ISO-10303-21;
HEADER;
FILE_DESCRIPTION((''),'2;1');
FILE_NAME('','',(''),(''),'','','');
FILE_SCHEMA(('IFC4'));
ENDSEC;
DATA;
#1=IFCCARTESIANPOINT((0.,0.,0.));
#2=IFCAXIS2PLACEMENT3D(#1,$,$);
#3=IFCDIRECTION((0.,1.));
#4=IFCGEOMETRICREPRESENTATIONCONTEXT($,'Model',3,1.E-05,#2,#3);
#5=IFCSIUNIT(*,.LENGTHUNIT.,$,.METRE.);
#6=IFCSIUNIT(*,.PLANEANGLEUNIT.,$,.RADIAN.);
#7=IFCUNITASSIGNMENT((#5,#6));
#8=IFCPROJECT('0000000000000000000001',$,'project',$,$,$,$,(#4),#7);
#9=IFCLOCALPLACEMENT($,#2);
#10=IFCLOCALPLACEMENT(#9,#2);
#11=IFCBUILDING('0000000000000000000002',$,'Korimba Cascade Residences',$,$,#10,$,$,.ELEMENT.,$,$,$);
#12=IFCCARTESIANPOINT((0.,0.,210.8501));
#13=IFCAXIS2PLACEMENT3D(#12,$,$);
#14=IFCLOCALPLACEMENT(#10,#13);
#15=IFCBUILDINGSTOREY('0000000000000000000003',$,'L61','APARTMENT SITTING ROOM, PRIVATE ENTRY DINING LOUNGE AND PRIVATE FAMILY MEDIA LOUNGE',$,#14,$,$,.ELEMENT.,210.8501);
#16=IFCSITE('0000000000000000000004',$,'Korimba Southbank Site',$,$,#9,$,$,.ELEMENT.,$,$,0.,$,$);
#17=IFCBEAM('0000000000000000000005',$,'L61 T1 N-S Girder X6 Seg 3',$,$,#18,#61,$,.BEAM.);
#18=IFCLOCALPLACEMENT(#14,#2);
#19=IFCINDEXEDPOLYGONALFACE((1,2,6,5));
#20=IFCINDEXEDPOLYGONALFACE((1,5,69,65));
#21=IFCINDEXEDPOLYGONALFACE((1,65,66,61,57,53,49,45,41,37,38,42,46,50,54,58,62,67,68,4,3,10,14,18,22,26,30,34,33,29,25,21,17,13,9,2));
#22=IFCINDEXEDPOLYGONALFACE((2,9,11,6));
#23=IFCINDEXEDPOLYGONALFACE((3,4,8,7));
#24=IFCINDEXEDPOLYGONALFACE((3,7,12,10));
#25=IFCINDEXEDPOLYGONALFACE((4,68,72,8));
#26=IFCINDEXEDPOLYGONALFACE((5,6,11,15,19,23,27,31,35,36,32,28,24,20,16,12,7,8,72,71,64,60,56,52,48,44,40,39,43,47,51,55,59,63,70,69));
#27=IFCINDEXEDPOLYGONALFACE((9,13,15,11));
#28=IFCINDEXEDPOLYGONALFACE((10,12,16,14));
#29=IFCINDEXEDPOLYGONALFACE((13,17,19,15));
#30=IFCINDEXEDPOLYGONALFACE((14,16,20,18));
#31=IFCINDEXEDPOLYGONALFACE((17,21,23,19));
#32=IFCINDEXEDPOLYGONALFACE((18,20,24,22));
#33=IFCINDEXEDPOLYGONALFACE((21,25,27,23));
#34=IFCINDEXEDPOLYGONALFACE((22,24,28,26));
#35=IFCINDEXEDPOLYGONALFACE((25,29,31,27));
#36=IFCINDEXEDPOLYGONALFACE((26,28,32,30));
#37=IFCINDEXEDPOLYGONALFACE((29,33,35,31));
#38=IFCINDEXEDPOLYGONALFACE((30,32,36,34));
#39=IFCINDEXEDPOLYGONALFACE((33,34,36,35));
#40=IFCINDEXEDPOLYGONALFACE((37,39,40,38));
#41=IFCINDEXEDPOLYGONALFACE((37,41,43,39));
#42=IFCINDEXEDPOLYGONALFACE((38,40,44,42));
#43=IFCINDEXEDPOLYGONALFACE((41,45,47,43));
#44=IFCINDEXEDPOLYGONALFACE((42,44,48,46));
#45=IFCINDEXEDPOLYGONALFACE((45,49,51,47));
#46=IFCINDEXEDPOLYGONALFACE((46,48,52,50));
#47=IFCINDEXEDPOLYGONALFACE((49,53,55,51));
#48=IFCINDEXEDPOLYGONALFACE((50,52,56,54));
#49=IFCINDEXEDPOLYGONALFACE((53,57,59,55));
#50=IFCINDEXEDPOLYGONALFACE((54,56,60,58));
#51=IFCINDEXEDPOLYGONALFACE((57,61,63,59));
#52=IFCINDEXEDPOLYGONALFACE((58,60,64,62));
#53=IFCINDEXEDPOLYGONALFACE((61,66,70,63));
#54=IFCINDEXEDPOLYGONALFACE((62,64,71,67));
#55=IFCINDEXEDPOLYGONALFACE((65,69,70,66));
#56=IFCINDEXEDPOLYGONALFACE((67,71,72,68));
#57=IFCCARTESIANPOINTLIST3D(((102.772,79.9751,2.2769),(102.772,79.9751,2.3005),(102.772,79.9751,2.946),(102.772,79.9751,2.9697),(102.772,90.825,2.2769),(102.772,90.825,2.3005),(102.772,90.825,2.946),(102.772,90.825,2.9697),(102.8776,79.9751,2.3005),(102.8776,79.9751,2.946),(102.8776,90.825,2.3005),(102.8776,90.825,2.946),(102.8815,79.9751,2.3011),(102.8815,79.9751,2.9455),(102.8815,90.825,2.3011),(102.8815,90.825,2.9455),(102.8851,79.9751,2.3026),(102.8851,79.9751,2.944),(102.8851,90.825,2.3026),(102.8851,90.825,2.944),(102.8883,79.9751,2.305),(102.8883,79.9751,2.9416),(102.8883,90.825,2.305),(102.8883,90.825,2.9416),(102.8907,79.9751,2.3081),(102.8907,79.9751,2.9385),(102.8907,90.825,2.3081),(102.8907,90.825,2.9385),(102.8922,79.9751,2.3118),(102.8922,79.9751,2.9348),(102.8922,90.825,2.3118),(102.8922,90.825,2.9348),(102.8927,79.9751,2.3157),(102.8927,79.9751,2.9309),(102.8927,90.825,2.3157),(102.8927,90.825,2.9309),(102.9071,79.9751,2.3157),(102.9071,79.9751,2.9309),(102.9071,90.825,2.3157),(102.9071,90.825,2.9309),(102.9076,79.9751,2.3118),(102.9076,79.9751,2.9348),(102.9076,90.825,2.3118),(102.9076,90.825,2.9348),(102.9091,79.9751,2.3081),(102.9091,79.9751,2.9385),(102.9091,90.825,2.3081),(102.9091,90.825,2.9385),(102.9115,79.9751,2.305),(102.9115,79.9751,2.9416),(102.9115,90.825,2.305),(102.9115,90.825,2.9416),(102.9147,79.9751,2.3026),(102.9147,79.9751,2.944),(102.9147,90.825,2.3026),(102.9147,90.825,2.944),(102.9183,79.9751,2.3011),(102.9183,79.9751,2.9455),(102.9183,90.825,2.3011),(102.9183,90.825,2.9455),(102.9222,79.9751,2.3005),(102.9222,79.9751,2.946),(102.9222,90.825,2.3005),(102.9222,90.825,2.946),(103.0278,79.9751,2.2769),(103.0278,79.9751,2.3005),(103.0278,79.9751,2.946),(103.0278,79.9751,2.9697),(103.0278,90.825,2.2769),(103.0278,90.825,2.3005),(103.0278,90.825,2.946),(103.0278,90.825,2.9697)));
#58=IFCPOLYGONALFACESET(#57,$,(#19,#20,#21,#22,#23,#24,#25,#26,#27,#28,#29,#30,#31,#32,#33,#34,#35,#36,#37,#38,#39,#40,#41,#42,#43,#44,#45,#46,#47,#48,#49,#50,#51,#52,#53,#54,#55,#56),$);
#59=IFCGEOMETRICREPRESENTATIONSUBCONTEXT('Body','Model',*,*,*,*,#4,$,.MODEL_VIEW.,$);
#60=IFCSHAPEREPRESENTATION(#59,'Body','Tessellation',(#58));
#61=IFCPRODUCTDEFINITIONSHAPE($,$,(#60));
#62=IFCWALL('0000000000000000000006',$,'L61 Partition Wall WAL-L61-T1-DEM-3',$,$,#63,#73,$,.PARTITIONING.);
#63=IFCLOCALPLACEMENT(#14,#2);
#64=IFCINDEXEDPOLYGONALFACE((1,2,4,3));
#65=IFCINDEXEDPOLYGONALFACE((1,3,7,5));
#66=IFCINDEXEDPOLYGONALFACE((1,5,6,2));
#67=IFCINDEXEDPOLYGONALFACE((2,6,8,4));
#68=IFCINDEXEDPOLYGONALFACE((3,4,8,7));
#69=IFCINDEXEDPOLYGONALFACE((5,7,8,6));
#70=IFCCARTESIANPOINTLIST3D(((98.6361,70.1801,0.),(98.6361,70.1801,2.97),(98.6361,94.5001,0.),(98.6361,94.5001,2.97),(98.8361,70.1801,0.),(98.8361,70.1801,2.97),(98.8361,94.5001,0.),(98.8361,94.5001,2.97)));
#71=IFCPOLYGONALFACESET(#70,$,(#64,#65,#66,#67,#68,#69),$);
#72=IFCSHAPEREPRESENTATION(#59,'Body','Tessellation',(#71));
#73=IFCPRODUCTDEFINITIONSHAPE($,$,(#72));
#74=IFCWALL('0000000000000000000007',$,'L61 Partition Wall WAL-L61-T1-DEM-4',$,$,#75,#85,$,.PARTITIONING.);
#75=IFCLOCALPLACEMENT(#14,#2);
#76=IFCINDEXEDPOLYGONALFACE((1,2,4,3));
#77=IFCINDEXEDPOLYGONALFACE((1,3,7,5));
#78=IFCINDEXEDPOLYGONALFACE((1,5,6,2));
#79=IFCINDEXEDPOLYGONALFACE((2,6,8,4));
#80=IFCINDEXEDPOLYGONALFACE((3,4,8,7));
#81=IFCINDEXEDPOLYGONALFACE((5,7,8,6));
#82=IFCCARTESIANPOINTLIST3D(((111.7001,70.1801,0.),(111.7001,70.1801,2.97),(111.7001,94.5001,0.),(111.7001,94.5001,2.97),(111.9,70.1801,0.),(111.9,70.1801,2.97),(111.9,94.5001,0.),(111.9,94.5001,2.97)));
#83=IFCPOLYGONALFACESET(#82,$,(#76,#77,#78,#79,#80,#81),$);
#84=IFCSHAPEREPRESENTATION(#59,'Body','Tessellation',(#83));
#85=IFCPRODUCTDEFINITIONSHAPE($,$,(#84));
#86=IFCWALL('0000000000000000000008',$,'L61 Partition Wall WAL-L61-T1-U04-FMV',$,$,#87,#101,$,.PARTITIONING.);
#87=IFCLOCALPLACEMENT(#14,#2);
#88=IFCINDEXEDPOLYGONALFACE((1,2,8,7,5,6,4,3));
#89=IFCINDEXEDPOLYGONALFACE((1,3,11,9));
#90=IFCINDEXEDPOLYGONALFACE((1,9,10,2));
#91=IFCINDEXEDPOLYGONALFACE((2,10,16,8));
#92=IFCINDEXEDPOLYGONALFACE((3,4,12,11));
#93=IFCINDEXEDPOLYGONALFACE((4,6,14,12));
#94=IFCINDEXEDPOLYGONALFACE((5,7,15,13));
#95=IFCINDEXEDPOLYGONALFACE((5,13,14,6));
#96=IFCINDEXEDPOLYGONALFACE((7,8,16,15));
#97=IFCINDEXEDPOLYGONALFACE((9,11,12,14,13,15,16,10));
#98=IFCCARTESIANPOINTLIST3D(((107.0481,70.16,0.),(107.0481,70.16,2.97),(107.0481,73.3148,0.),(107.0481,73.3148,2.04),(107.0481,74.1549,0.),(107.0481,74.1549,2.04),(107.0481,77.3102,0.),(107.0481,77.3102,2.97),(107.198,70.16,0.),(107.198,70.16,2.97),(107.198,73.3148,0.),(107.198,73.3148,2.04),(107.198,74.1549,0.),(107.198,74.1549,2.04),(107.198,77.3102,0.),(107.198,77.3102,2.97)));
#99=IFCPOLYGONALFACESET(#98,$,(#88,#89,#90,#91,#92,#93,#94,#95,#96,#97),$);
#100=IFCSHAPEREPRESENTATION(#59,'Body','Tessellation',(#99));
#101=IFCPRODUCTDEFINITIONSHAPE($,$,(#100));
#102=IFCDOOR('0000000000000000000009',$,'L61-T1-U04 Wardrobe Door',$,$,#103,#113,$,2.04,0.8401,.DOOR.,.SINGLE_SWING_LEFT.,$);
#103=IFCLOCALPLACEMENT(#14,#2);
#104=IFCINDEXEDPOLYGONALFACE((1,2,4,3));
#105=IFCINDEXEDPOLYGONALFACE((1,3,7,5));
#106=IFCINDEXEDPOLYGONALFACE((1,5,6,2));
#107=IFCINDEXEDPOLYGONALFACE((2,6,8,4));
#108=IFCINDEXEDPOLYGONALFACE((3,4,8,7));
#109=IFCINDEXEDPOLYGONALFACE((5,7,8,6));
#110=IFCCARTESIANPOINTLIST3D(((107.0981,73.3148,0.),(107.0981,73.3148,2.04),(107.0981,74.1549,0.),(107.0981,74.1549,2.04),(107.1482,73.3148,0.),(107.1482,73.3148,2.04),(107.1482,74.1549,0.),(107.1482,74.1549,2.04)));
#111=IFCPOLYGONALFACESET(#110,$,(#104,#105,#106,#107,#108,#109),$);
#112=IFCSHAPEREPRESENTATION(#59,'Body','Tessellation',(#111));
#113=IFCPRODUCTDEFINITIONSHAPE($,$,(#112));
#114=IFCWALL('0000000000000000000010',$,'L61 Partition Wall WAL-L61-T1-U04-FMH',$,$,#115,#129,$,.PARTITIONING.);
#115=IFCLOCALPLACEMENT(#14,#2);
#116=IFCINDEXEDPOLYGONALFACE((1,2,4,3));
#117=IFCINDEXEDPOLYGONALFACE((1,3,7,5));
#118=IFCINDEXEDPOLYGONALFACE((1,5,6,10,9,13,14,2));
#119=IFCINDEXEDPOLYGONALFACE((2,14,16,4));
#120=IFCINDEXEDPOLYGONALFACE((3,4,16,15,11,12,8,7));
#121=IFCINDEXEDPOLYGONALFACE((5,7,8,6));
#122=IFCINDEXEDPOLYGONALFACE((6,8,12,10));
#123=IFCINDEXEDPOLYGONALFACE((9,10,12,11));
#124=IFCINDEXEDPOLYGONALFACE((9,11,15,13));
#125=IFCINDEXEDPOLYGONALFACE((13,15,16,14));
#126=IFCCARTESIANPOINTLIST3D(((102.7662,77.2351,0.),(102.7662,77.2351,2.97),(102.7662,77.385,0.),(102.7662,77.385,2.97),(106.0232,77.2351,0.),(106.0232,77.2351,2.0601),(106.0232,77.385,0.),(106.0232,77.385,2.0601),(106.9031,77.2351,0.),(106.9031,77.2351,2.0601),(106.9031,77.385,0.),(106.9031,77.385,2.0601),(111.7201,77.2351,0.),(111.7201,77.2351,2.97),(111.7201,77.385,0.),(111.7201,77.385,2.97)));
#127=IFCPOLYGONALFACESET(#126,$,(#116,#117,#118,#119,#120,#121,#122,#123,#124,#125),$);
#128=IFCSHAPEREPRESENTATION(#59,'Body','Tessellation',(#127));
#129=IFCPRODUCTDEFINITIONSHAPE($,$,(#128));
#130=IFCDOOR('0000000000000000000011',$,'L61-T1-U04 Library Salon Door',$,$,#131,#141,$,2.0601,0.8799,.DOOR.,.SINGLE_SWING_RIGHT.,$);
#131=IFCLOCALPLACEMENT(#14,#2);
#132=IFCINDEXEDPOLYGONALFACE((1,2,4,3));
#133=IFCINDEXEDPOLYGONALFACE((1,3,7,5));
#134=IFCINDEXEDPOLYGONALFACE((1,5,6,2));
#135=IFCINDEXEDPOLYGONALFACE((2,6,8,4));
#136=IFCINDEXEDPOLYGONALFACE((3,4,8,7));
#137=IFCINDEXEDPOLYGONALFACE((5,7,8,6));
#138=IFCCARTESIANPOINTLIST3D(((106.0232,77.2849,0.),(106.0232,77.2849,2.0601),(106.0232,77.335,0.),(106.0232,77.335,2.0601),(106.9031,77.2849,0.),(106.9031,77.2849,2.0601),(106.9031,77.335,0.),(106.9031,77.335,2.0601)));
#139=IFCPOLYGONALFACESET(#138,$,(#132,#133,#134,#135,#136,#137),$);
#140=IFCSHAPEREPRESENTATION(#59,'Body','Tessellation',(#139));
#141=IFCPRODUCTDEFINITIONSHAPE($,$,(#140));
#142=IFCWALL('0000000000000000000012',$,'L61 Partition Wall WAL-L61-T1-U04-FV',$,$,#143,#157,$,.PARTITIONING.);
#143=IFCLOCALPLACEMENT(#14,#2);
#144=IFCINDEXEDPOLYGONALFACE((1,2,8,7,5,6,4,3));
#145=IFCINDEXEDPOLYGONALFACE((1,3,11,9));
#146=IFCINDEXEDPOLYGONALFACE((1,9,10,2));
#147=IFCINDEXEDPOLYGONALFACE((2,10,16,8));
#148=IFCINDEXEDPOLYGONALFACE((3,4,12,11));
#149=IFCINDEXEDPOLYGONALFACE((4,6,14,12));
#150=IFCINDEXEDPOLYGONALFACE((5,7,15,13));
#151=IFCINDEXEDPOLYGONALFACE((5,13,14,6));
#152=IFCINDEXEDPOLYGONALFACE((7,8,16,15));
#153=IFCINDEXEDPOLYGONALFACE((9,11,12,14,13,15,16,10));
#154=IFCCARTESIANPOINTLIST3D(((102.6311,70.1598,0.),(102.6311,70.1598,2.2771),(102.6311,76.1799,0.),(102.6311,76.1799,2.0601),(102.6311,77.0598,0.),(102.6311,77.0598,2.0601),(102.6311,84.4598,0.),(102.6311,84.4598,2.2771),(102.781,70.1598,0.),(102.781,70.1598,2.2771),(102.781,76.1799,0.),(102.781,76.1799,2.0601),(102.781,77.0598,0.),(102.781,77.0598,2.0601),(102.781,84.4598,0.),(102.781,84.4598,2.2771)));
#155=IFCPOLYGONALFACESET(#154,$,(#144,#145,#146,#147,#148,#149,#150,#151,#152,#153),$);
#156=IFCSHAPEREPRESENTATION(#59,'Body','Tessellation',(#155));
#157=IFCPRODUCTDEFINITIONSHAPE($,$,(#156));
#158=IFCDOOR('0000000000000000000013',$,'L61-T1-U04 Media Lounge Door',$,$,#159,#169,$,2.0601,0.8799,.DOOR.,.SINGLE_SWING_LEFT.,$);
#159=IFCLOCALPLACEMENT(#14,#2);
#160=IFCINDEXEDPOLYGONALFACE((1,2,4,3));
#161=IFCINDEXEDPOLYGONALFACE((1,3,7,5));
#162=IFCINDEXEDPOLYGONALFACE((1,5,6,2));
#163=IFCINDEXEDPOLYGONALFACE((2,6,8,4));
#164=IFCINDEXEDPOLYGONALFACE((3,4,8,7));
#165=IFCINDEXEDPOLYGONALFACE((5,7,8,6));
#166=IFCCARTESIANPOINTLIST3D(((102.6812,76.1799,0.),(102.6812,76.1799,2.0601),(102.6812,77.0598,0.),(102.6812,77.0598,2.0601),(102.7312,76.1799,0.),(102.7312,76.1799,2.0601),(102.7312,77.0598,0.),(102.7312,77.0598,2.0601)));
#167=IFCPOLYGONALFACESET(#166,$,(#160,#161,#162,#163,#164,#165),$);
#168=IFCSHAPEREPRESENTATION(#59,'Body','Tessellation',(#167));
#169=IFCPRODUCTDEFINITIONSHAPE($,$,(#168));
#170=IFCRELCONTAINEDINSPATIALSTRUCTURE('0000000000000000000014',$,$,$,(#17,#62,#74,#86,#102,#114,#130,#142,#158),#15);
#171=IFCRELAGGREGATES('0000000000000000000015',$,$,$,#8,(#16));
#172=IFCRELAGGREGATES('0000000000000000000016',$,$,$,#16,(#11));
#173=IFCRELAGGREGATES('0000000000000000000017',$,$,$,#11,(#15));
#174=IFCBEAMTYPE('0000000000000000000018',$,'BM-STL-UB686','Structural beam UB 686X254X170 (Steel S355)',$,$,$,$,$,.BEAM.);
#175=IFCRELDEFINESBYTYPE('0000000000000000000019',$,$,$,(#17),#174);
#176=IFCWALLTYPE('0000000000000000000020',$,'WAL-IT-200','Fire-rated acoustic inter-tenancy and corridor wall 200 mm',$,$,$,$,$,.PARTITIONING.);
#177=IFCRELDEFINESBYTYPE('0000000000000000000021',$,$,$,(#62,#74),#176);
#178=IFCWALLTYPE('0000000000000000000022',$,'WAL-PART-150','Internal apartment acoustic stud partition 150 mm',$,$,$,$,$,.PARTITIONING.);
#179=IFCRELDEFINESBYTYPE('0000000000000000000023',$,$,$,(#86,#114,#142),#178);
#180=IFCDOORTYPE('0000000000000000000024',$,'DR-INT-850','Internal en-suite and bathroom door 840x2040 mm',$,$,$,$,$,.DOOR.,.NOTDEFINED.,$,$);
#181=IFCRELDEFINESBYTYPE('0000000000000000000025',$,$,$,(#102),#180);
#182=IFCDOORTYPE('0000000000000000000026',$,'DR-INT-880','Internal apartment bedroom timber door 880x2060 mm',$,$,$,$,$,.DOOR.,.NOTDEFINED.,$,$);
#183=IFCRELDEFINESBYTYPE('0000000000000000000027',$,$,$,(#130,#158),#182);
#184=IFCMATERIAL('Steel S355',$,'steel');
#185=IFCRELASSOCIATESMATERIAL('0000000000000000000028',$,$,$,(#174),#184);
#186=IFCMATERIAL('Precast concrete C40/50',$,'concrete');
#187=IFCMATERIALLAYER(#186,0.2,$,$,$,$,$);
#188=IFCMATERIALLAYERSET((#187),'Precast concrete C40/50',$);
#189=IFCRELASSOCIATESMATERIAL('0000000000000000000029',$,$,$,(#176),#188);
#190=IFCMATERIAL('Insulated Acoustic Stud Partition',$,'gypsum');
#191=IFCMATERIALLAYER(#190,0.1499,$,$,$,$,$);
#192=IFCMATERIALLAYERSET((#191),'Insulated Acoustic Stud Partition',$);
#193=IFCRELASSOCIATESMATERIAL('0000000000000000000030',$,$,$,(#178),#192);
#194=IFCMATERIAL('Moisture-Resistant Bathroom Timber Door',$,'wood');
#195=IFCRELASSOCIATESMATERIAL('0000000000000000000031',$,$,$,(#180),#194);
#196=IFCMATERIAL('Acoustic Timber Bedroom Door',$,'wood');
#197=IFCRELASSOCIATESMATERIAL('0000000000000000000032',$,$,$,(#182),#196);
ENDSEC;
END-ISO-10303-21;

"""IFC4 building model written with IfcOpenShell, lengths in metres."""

from ifc_helpers import new_model, si_unit, direction, frame, frame_2d, origin, origin_2d, place, context, subcontext, project, spatial, rectangle, i_section, extrude, material, layer, layer_set, material_profile, profile_set, type_object, element, fill, save


model = new_model("IFC4")

# Units and contexts
model_context = context("Model", 3, precision=1e-05, world=origin(), true_north=direction((0.0, 1.0)))
body_context = subcontext(model_context, "Body", "Model", "MODEL_VIEW")
ifc_project = project(units=[si_unit("LENGTHUNIT", "METRE"), si_unit("PLANEANGLEUNIT", "RADIAN")], contexts=[model_context])

# Site, building, storey
site_placement = place(None, origin())
site = spatial("IfcSite", under=ifc_project, at=site_placement, Name="Korimba Southbank Site", CompositionType="ELEMENT", RefElevation=0.0)
building_placement = place(site_placement, origin())
building = spatial("IfcBuilding", under=site, at=building_placement, Name="Korimba Cascade Residences", CompositionType="ELEMENT")
storey_placement = place(building_placement, frame((0.0, 0.0, 210.8501)))
storey = spatial("IfcBuildingStorey", under=building, at=storey_placement, Name="L61", Description="APARTMENT SITTING ROOM, PRIVATE ENTRY DINING LOUNGE AND PRIVATE FAMILY MEDIA LOUNGE", CompositionType="ELEMENT", Elevation=210.8501)

# Beam
ifc_material_1 = material(Name="Steel S355", Category="steel")
ifc_material_profile_1 = material_profile(ifc_material_1, i_section(OverallWidth=0.2559, OverallDepth=0.6929, WebThickness=0.0144, FlangeThickness=0.0237, FilletRadius=0.0151, at=origin_2d()), Name="Steel S355")
ifc_profile_set_1 = profile_set([ifc_material_profile_1], Name="Steel S355")
beam_type_1 = type_object("IfcBeamType", Name="BM-STL-UB686", Description="Structural beam UB 686X254X170 (Steel S355)", PredefinedType="BEAM", material=ifc_profile_set_1)
for number, where, z_axis, x_axis, name in (
    (1, (102.8999, 79.9751, 2.6233), (0.0, 1.0, 0.0), (-1.0, 0.0, 0.0), "L61 T1 N-S Girder X6 Seg 3"),
):
    element("IfcBeam", number, at=place(storey_placement, frame(where, z_axis=z_axis, x_axis=x_axis)), inside=storey, type_object=beam_type_1, Name=name, PredefinedType="BEAM", context=body_context, shape_type="SweptSolid", body=[
        extrude(i_section(OverallWidth=0.2559, OverallDepth=0.6929, WebThickness=0.0144, FlangeThickness=0.0237, FilletRadius=0.0151, at=origin_2d()), origin(), (0.0, 0.0, 1.0), 10.8499),
    ])

# Walls
ifc_material_2 = material(Name="Precast concrete C40/50", Category="concrete")
ifc_layer_1 = layer(ifc_material_2, 0.2)
ifc_layer_set_1 = layer_set([ifc_layer_1], Name="Precast concrete C40/50")
wall_type_1 = type_object("IfcWallType", Name="WAL-IT-200", Description="Fire-rated acoustic inter-tenancy and corridor wall 200 mm", PredefinedType="PARTITIONING", material=ifc_layer_set_1)
for number, where, z_axis, x_axis, name in (
    (2, (98.7361, 70.1799, 0.0), (0.0, 0.0, 1.0), (0.0, 1.0, 0.0), "L61 Partition Wall WAL-L61-T1-DEM-3"),
    (3, (111.8, 70.1799, 0.0), (0.0, 0.0, 1.0), (0.0, 1.0, 0.0), "L61 Partition Wall WAL-L61-T1-DEM-4"),
):
    element("IfcWall", number, at=place(storey_placement, frame(where, z_axis=z_axis, x_axis=x_axis)), inside=storey, type_object=wall_type_1, Name=name, PredefinedType="PARTITIONING", context=body_context, shape_type="SweptSolid", body=[
        extrude(rectangle(XDim=24.3201, YDim=0.2, at=frame_2d((12.1602, 0.0))), origin(), (0.0, 0.0, 1.0), 2.97),
    ])

# Walls, openings, doors
ifc_material_3 = material(Name="Insulated Acoustic Stud Partition", Category="gypsum")
ifc_layer_2 = layer(ifc_material_3, 0.1499)
ifc_layer_set_2 = layer_set([ifc_layer_2], Name="Insulated Acoustic Stud Partition")
wall_type_2 = type_object("IfcWallType", Name="WAL-PART-150", Description="Internal apartment acoustic stud partition 150 mm", PredefinedType="PARTITIONING", material=ifc_layer_set_2)
wall_1_placement = place(storey_placement, frame((107.123, 70.1599, 0.0), z_axis=(0.0, 0.0, 1.0), x_axis=(0.0, 1.0, 0.0)))
wall_1 = element("IfcWall", 4, at=wall_1_placement, inside=storey, type_object=wall_type_2, Name="L61 Partition Wall WAL-L61-T1-U04-FMV", PredefinedType="PARTITIONING", context=body_context, shape_type="SweptSolid", body=[
    extrude(rectangle(XDim=7.1501, YDim=0.1499, at=frame_2d((3.5752, 0.0))), origin(), (0.0, 0.0, 1.0), 2.97),
])
opening_1_placement = place(wall_1_placement, frame((3.155, 0.0, 0.0)))
opening_1 = element("IfcOpeningElement", 5, at=opening_1_placement, cuts=wall_1, PredefinedType="OPENING", context=body_context, shape_type="SweptSolid", body=[
    extrude(rectangle(XDim=0.8401, YDim=2.04, at=frame_2d((0.4199, 1.02))), frame((0.0, 0.085, 0.0), z_axis=(0.0, -1.0, 0.0), x_axis=(1.0, 0.0, 0.0)), (0.0, 0.0, 1.0), 0.1699),
])
ifc_material_4 = material(Name="Moisture-Resistant Bathroom Timber Door", Category="wood")
door_type_1 = type_object("IfcDoorType", Name="DR-INT-850", Description="Internal en-suite and bathroom door 840x2040 mm", OperationType="NOTDEFINED", PredefinedType="DOOR", material=ifc_material_4)
door_1_placement = place(opening_1_placement, origin())
door_1 = element("IfcDoor", 6, at=door_1_placement, inside=storey, type_object=door_type_1, Name="L61-T1-U04 Wardrobe Door", OperationType="SINGLE_SWING_LEFT", OverallHeight=2.04, OverallWidth=0.8401, PredefinedType="DOOR", context=body_context, shape_type="SweptSolid", body=[
    extrude(rectangle(XDim=0.8401, YDim=2.04, at=frame_2d((0.4199, 1.02))), frame((0.0, 0.0249, 0.0), z_axis=(0.0, -1.0, 0.0), x_axis=(1.0, 0.0, 0.0)), (0.0, 0.0, 1.0), 0.05),
])
fill(opening_1, door_1)
wall_2_placement = place(storey_placement, frame((102.7661, 77.3101, 0.0), z_axis=(0.0, 0.0, 1.0), x_axis=(1.0, 0.0, 0.0)))
wall_2 = element("IfcWall", 7, at=wall_2_placement, inside=storey, type_object=wall_type_2, Name="L61 Partition Wall WAL-L61-T1-U04-FMH", PredefinedType="PARTITIONING", context=body_context, shape_type="SweptSolid", body=[
    extrude(rectangle(XDim=8.9539, YDim=0.1499, at=frame_2d((4.4771, 0.0))), origin(), (0.0, 0.0, 1.0), 2.97),
])
opening_2_placement = place(wall_2_placement, frame((3.2571, 0.0, 0.0)))
opening_2 = element("IfcOpeningElement", 8, at=opening_2_placement, cuts=wall_2, PredefinedType="OPENING", context=body_context, shape_type="SweptSolid", body=[
    extrude(rectangle(XDim=0.8799, YDim=2.0601, at=frame_2d((0.4399, 1.03))), frame((0.0, 0.085, 0.0), z_axis=(0.0, -1.0, 0.0), x_axis=(1.0, 0.0, 0.0)), (0.0, 0.0, 1.0), 0.1699),
])
ifc_material_5 = material(Name="Acoustic Timber Bedroom Door", Category="wood")
door_type_2 = type_object("IfcDoorType", Name="DR-INT-880", Description="Internal apartment bedroom timber door 880x2060 mm", OperationType="NOTDEFINED", PredefinedType="DOOR", material=ifc_material_5)
door_2_placement = place(opening_2_placement, origin())
door_2 = element("IfcDoor", 9, at=door_2_placement, inside=storey, type_object=door_type_2, Name="L61-T1-U04 Library Salon Door", OperationType="SINGLE_SWING_RIGHT", OverallHeight=2.0601, OverallWidth=0.8799, PredefinedType="DOOR", context=body_context, shape_type="SweptSolid", body=[
    extrude(rectangle(XDim=0.8799, YDim=2.0601, at=frame_2d((0.4399, 1.03))), frame((0.0, 0.0249, 0.0), z_axis=(0.0, -1.0, 0.0), x_axis=(1.0, 0.0, 0.0)), (0.0, 0.0, 1.0), 0.05),
])
fill(opening_2, door_2)
wall_3_placement = place(storey_placement, frame((102.7061, 70.1599, 0.0), z_axis=(0.0, 0.0, 1.0), x_axis=(0.0, 1.0, 0.0)))
wall_3 = element("IfcWall", 10, at=wall_3_placement, inside=storey, type_object=wall_type_2, Name="L61 Partition Wall WAL-L61-T1-U04-FV", PredefinedType="PARTITIONING", context=body_context, shape_type="SweptSolid", body=[
    extrude(rectangle(XDim=14.3, YDim=0.1499, at=frame_2d((7.1499, 0.0))), origin(), (0.0, 0.0, 1.0), 2.2771),
])
opening_3_placement = place(wall_3_placement, frame((6.02, 0.0, 0.0)))
opening_3 = element("IfcOpeningElement", 11, at=opening_3_placement, cuts=wall_3, PredefinedType="OPENING", context=body_context, shape_type="SweptSolid", body=[
    extrude(rectangle(XDim=0.8799, YDim=2.0601, at=frame_2d((0.4399, 1.03))), frame((0.0, 0.085, 0.0), z_axis=(0.0, -1.0, 0.0), x_axis=(1.0, 0.0, 0.0)), (0.0, 0.0, 1.0), 0.1699),
])
door_3_placement = place(opening_3_placement, origin())
door_3 = element("IfcDoor", 12, at=door_3_placement, inside=storey, type_object=door_type_2, Name="L61-T1-U04 Media Lounge Door", OperationType="SINGLE_SWING_LEFT", OverallHeight=2.0601, OverallWidth=0.8799, PredefinedType="DOOR", context=body_context, shape_type="SweptSolid", body=[
    extrude(rectangle(XDim=0.8799, YDim=2.0601, at=frame_2d((0.4399, 1.03))), frame((0.0, 0.0249, 0.0), z_axis=(0.0, -1.0, 0.0), x_axis=(1.0, 0.0, 0.0)), (0.0, 0.0, 1.0), 0.05),
])
fill(opening_3, door_3)

save(model, "model.ifc")
